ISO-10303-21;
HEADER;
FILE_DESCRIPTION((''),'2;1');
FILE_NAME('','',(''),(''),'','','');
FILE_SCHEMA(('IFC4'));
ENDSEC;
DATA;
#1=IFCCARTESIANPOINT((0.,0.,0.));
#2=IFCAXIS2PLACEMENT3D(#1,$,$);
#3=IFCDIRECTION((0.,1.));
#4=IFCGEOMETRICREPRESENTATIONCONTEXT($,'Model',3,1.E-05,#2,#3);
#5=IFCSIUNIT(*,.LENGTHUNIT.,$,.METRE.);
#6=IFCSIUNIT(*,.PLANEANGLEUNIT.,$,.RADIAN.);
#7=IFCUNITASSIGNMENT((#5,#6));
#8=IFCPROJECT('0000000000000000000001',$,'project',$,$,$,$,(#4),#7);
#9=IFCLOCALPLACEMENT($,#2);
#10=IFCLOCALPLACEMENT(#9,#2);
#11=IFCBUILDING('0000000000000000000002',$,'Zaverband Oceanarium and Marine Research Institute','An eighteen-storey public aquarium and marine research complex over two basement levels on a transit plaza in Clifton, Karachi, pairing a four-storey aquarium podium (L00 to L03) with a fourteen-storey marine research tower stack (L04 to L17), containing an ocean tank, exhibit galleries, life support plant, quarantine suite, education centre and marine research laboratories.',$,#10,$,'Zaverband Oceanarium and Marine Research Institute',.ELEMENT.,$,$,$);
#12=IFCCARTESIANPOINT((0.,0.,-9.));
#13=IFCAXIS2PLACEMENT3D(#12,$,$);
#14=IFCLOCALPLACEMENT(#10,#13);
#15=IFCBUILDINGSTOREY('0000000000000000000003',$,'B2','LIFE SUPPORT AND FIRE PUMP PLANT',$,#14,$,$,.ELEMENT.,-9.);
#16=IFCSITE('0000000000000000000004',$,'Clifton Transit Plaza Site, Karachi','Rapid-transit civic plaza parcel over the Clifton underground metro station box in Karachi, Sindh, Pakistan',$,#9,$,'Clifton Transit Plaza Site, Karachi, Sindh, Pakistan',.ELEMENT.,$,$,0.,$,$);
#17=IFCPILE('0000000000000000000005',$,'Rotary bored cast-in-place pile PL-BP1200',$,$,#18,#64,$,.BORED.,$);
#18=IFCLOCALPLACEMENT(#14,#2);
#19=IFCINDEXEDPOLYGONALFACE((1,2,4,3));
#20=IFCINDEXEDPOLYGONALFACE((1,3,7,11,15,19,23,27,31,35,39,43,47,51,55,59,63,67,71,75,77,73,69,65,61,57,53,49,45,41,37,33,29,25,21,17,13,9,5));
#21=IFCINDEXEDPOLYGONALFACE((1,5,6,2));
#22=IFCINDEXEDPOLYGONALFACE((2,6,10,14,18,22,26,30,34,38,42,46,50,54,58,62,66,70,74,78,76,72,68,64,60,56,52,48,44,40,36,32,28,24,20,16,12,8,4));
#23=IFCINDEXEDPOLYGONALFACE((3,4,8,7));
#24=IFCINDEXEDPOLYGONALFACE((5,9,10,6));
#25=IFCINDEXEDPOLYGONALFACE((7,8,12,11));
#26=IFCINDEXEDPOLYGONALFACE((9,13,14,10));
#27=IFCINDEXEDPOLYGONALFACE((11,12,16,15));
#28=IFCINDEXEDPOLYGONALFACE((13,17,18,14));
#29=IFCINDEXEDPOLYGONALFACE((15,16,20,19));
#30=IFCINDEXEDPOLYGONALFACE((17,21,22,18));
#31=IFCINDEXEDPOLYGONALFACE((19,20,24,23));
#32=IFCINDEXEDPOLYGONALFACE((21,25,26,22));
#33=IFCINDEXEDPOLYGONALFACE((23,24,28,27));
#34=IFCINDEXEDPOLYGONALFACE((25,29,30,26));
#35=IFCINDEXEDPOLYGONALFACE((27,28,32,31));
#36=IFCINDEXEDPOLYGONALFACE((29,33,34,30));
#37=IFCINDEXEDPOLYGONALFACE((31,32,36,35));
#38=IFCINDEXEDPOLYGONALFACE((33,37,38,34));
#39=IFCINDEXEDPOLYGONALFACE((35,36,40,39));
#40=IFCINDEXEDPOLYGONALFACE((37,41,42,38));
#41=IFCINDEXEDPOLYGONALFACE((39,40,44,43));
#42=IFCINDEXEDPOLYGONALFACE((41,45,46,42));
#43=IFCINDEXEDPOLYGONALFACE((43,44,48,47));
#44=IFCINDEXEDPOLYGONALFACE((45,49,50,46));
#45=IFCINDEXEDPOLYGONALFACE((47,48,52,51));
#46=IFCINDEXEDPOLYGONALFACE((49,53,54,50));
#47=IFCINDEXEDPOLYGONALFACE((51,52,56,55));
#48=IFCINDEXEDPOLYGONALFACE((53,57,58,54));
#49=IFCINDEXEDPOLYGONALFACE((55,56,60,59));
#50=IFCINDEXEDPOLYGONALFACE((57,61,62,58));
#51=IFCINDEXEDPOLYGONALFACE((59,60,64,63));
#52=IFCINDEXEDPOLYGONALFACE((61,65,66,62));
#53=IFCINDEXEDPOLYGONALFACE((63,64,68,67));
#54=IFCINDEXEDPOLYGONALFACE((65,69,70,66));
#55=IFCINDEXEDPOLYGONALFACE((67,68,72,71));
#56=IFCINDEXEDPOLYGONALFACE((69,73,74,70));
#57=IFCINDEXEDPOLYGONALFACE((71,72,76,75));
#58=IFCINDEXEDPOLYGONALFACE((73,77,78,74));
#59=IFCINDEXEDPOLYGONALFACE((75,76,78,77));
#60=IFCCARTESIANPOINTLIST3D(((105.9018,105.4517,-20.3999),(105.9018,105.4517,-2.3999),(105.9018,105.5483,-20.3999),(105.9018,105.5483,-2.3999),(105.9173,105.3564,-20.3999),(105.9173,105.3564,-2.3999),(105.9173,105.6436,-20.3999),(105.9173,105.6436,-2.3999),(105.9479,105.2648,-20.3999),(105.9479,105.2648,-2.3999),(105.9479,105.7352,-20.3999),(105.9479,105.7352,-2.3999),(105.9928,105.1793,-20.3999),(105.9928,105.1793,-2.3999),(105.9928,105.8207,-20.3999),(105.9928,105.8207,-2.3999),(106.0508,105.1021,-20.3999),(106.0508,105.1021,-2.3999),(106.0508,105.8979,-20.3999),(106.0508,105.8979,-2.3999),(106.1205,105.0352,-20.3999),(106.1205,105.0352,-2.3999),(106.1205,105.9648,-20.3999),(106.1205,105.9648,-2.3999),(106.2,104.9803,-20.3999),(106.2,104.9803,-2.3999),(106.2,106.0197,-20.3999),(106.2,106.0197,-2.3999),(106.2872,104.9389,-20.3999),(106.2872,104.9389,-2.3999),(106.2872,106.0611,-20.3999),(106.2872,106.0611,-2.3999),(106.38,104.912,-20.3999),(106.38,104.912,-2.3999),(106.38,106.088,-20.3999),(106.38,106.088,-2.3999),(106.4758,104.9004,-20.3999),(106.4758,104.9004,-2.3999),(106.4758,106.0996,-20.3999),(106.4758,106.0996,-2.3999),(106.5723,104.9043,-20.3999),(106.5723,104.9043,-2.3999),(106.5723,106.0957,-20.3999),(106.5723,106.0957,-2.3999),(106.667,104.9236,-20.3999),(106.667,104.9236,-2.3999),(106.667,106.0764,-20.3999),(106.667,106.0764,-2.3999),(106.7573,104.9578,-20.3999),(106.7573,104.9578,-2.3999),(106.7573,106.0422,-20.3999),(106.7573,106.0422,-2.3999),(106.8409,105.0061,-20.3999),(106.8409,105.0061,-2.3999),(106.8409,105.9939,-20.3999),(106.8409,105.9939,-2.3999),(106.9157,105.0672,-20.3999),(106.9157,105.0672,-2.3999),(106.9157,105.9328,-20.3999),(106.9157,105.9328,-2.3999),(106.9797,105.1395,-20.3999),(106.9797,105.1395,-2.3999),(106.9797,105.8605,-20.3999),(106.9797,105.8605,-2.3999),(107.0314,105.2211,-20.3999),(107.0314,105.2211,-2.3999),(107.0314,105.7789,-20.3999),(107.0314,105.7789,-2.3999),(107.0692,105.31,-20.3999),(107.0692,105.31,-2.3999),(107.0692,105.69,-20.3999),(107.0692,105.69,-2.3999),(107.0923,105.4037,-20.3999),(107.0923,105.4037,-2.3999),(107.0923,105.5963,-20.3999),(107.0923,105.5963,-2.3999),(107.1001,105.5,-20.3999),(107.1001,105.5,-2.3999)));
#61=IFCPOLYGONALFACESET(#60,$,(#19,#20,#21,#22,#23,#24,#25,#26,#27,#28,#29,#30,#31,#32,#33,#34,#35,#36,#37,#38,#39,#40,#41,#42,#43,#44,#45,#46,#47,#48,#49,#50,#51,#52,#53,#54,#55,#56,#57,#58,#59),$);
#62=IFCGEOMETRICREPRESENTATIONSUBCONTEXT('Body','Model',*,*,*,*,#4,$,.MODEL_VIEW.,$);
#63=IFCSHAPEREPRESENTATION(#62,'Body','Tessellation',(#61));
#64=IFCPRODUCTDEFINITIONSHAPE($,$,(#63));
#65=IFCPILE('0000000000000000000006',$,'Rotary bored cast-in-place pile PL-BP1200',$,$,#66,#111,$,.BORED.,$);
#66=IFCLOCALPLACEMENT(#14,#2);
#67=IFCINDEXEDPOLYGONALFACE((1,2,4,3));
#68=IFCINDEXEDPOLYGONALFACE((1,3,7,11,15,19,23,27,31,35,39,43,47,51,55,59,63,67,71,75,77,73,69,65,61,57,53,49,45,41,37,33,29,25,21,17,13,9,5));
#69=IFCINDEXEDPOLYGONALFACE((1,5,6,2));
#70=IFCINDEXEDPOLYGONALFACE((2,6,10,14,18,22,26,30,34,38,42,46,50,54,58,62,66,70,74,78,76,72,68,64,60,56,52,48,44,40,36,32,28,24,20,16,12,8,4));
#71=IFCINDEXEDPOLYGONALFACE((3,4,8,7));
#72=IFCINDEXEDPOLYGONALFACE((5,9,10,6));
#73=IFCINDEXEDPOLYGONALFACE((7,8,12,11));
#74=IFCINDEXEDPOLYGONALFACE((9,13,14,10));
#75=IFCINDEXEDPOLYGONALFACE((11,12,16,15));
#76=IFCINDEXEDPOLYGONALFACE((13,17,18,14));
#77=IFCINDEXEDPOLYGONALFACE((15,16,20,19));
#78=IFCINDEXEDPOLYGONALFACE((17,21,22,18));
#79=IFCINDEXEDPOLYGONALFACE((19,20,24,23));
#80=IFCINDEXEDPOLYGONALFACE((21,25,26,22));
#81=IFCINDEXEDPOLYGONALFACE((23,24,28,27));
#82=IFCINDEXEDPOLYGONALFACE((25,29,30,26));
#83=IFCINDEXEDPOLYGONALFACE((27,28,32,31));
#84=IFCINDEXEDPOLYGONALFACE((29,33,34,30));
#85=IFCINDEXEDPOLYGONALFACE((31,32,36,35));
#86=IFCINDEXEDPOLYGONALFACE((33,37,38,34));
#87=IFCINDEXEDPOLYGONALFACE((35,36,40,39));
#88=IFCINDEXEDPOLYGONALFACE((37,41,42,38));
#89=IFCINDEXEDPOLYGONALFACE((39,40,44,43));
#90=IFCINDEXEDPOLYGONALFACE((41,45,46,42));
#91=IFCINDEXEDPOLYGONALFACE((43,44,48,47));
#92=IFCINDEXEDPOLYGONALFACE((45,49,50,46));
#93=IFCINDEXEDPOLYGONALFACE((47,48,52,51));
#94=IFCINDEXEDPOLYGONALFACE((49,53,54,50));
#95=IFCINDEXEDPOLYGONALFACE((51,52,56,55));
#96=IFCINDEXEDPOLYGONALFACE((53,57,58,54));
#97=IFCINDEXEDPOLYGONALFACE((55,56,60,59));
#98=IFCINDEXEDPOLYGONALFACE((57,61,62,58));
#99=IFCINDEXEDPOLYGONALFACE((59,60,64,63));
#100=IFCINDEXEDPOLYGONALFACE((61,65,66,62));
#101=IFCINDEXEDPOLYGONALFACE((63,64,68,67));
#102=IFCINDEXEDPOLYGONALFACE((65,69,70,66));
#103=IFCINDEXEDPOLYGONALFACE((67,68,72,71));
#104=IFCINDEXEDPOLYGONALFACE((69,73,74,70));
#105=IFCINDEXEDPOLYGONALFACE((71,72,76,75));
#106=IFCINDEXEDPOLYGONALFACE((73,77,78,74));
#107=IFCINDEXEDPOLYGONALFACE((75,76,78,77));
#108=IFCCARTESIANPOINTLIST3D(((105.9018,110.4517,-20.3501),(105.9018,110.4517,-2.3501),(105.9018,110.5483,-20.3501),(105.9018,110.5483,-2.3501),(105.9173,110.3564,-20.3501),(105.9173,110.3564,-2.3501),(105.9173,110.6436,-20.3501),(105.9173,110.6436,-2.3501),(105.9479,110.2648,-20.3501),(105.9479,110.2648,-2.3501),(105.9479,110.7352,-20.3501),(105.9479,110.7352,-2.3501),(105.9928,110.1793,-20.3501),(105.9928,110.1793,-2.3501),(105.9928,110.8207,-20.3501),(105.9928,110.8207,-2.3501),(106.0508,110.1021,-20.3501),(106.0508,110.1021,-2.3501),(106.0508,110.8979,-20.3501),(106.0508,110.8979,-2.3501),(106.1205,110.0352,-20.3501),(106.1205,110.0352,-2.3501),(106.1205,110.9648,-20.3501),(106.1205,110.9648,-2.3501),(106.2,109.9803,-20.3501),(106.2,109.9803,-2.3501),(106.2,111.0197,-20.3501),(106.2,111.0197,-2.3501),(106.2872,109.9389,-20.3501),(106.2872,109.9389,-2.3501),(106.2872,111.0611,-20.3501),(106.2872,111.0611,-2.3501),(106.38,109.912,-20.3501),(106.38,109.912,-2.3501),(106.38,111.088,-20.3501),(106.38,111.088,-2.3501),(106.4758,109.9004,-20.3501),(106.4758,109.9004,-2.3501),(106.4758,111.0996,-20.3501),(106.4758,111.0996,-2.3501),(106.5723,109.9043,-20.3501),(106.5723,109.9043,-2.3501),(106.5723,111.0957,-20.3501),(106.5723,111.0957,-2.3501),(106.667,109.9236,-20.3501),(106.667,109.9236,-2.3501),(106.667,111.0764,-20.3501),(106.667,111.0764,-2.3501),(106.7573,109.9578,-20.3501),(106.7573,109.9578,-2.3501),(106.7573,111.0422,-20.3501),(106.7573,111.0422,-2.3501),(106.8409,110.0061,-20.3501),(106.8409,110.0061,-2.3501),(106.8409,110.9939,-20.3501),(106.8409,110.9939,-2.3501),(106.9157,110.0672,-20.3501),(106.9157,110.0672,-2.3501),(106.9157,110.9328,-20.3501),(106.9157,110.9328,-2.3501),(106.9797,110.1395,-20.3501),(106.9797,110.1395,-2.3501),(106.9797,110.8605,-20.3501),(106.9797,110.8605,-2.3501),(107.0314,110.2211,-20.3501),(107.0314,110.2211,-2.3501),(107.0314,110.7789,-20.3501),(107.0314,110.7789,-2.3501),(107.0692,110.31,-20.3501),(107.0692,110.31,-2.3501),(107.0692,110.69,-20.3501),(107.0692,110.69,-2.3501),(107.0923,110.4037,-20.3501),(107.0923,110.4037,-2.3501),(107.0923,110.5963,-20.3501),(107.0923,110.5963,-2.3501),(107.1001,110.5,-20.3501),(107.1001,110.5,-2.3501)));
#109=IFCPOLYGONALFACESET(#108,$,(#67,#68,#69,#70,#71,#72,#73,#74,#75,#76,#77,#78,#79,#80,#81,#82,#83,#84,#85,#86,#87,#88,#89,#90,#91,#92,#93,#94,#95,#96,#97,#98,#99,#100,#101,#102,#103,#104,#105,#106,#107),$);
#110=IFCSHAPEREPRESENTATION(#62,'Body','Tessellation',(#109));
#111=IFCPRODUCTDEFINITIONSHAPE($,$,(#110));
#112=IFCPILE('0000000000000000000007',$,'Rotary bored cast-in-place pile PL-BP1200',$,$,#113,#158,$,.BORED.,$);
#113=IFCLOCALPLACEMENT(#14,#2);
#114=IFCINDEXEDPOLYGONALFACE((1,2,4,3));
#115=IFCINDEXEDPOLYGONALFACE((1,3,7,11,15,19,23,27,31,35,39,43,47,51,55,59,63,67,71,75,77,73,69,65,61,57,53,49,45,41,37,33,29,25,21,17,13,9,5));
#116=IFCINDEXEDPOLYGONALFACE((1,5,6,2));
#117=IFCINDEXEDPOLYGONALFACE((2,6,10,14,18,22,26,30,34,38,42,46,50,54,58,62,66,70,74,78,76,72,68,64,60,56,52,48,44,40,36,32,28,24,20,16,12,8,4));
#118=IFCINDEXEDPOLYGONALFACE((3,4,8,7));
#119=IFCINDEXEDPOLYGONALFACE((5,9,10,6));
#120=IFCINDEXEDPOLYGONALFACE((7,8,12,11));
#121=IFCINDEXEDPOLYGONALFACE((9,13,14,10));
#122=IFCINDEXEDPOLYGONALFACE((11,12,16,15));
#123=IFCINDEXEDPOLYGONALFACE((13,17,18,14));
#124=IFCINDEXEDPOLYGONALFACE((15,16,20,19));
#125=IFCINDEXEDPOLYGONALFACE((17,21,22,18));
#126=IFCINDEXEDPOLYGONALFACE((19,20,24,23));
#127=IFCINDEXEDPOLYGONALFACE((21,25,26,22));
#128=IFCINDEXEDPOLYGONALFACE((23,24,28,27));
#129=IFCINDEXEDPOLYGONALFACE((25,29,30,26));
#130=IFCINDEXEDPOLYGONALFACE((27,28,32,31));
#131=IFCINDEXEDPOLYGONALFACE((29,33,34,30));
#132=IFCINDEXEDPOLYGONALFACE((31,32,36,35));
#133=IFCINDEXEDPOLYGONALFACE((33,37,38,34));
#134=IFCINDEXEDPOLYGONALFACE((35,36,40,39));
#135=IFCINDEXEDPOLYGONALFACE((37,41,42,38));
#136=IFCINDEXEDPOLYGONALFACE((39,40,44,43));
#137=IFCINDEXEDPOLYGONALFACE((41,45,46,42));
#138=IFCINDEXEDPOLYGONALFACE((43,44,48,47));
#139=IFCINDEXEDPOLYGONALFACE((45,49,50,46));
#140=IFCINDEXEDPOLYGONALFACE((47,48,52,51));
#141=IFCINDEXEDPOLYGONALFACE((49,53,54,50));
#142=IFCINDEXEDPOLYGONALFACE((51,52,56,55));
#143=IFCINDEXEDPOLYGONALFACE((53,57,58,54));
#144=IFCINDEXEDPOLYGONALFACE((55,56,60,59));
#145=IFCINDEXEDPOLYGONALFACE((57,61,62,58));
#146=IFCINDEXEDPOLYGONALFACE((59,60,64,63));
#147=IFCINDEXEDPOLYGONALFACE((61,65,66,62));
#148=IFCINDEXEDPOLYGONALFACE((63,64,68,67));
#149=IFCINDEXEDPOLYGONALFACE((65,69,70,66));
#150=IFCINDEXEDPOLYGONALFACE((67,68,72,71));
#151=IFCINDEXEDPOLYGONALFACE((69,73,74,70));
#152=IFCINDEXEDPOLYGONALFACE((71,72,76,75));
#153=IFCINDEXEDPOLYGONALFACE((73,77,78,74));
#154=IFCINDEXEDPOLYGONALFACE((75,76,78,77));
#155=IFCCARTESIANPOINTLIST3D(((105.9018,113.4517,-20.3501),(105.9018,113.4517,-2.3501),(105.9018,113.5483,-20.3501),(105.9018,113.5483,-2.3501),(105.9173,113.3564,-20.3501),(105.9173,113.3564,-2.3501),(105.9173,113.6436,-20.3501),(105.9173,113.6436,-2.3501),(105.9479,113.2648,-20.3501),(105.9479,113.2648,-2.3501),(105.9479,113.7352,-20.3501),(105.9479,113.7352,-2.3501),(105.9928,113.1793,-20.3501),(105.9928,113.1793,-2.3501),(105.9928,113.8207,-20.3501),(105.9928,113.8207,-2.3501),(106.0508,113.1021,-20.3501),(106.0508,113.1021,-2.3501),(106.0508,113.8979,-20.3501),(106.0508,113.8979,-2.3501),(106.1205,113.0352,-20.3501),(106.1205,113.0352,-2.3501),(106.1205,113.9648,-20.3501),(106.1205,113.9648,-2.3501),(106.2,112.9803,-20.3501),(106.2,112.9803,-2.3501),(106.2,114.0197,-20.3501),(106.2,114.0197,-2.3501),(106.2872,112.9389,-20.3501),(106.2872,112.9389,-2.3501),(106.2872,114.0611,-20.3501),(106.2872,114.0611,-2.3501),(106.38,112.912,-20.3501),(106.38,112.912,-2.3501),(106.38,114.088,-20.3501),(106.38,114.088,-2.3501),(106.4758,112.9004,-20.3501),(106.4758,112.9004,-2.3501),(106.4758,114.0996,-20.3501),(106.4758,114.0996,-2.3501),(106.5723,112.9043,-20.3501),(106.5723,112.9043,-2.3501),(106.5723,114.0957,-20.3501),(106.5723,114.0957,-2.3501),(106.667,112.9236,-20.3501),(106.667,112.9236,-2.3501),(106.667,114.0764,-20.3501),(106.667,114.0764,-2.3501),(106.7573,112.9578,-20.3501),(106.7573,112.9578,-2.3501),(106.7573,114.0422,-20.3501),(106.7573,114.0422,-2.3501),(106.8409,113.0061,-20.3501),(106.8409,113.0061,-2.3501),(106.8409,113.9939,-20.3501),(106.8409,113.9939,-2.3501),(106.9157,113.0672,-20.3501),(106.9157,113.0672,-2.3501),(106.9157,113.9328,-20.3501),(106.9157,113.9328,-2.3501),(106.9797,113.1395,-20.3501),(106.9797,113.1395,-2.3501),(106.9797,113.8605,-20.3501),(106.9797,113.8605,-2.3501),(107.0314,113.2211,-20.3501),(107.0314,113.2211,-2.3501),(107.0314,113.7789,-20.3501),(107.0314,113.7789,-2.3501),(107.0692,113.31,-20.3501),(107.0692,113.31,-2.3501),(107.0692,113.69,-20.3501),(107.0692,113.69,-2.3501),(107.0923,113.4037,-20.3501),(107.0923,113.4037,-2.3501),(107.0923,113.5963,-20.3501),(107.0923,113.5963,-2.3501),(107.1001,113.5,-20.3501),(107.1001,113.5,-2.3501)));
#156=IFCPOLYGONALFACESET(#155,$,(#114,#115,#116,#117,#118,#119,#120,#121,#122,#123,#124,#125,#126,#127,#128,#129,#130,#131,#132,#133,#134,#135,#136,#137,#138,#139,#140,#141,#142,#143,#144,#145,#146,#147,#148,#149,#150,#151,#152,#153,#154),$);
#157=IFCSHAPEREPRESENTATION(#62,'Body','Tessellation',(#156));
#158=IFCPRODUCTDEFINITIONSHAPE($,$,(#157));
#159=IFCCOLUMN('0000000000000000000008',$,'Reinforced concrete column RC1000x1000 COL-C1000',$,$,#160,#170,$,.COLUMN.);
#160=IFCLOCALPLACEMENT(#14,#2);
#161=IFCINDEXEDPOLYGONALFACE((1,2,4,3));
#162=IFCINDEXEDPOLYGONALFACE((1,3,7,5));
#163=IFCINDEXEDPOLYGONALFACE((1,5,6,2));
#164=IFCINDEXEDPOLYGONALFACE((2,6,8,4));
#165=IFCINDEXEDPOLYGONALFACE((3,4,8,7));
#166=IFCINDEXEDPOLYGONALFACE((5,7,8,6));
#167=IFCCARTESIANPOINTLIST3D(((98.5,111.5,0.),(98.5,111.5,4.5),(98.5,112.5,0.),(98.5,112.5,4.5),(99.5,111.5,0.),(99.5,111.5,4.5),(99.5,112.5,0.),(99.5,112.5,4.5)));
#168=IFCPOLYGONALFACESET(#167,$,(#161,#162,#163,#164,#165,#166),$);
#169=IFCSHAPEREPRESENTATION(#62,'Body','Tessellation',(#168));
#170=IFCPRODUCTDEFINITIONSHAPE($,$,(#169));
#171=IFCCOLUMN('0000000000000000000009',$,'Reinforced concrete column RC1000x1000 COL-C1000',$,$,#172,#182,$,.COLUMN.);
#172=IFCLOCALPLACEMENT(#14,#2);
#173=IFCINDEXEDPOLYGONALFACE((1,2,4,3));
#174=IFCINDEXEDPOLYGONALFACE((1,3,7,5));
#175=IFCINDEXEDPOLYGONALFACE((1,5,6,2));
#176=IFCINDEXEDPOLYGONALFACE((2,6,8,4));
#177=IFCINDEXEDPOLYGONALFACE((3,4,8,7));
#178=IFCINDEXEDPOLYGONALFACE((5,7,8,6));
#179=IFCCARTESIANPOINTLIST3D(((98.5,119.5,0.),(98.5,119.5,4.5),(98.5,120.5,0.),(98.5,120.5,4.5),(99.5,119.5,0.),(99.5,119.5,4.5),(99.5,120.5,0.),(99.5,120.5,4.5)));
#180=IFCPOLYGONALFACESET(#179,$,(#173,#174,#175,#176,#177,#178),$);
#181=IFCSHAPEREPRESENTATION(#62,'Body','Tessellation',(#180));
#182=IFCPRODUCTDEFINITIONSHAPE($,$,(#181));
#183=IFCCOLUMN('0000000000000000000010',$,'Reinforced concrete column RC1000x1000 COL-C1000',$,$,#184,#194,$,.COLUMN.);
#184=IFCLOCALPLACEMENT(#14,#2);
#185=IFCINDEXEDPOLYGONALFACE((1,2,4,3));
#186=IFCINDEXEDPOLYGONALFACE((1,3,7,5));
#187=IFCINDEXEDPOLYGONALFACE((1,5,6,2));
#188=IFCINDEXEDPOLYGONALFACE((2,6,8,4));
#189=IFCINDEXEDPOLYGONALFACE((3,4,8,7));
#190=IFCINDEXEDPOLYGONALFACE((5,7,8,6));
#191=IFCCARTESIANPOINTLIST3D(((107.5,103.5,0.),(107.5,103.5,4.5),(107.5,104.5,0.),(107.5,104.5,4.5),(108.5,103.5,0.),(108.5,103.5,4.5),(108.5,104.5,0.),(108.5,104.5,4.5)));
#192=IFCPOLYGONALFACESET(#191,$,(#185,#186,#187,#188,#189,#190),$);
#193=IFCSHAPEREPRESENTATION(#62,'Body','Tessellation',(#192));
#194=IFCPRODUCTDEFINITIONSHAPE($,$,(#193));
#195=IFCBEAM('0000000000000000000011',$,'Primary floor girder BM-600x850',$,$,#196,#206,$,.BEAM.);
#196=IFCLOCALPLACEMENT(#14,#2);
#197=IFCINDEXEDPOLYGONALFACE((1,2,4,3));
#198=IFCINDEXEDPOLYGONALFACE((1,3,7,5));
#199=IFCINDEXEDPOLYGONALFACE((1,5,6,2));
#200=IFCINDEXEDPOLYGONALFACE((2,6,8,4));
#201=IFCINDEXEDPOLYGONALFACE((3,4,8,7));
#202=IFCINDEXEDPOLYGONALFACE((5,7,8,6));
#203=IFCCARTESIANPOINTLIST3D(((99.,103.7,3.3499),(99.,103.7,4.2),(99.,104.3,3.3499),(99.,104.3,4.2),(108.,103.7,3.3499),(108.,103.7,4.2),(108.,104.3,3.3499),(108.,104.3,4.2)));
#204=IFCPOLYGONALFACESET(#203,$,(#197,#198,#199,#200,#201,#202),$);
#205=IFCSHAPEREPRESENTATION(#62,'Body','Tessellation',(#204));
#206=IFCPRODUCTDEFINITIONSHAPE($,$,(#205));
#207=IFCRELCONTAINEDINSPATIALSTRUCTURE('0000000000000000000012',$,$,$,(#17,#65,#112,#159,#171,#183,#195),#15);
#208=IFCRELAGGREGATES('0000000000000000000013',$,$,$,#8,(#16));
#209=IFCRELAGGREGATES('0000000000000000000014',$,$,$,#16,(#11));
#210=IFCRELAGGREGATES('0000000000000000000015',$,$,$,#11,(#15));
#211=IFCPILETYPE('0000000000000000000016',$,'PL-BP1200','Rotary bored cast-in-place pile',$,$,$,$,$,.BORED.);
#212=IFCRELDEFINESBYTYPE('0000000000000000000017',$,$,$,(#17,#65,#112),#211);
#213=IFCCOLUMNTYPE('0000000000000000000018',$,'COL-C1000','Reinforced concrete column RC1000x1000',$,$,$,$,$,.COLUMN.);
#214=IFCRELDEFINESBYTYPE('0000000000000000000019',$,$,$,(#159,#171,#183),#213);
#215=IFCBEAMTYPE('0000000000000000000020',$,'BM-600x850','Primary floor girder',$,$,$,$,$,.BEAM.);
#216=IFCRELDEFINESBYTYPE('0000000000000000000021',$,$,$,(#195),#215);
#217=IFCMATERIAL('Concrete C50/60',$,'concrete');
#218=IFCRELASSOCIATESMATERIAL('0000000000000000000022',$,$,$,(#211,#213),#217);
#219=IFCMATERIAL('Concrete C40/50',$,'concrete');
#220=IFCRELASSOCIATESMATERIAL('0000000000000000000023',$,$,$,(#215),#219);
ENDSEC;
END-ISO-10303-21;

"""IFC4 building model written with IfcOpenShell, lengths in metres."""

from ifc_helpers import new_model, si_unit, direction, frame, origin, origin_2d, place, context, subcontext, project, spatial, rectangle, circle, extrude, material, material_profile, profile_set, type_object, element, save


model = new_model("IFC4")

# Units and contexts
model_context = context("Model", 3, precision=1e-05, world=origin(), true_north=direction((0.0, 1.0)))
body_context = subcontext(model_context, "Body", "Model", "MODEL_VIEW")
ifc_project = project(units=[si_unit("LENGTHUNIT", "METRE"), si_unit("PLANEANGLEUNIT", "RADIAN")], contexts=[model_context])

# Site, building, storey
site_placement = place(None, origin())
site = spatial("IfcSite", under=ifc_project, at=site_placement, Name="Clifton Transit Plaza Site, Karachi", Description="Rapid-transit civic plaza parcel over the Clifton underground metro station box in Karachi, Sindh, Pakistan", LongName="Clifton Transit Plaza Site, Karachi, Sindh, Pakistan", CompositionType="ELEMENT", RefElevation=0.0)
building_placement = place(site_placement, origin())
building = spatial("IfcBuilding", under=site, at=building_placement, Name="Zaverband Oceanarium and Marine Research Institute", Description="An eighteen-storey public aquarium and marine research complex over two basement levels on a transit plaza in Clifton, Karachi, pairing a four-storey aquarium podium (L00 to L03) with a fourteen-storey marine research tower stack (L04 to L17), containing an ocean tank, exhibit galleries, life support plant, quarantine suite, education centre and marine research laboratories.", LongName="Zaverband Oceanarium and Marine Research Institute", CompositionType="ELEMENT")
storey_placement = place(building_placement, frame((0.0, 0.0, -9.0)))
storey = spatial("IfcBuildingStorey", under=building, at=storey_placement, Name="B2", Description="LIFE SUPPORT AND FIRE PUMP PLANT", CompositionType="ELEMENT", Elevation=-9.0)

# Shared definitions
ifc_material_1 = material(Name="Concrete C50/60", Category="concrete")

# Piles
ifc_material_profile_1 = material_profile(ifc_material_1, circle(Radius=0.6001, at=origin_2d()), Name="BP1200")
ifc_profile_set_1 = profile_set([ifc_material_profile_1], Name="Concrete C50/60")
pile_type_1 = type_object("IfcPileType", Name="PL-BP1200", Description="Rotary bored cast-in-place pile", PredefinedType="BORED", material=ifc_profile_set_1)
for number, where, z_axis, x_axis, name in (
    (1, (106.5, 105.5, -2.3999), (0.0, 0.0, -1.0), (1.0, 0.0, 0.0), "Rotary bored cast-in-place pile PL-BP1200"),
    (2, (106.5, 110.5, -2.3501), (0.0, 0.0, -1.0), (1.0, 0.0, 0.0), "Rotary bored cast-in-place pile PL-BP1200"),
    (3, (106.5, 113.5, -2.3501), (0.0, 0.0, -1.0), (1.0, 0.0, 0.0), "Rotary bored cast-in-place pile PL-BP1200"),
):
    element("IfcPile", number, at=place(storey_placement, frame(where, z_axis=z_axis, x_axis=x_axis)), inside=storey, type_object=pile_type_1, Name=name, PredefinedType="BORED", context=body_context, shape_type="SweptSolid", body=[
        extrude(circle(Radius=0.6001, at=origin_2d()), origin(), (0.0, 0.0, 1.0), 18.0),
    ])

# Columns
ifc_material_profile_2 = material_profile(ifc_material_1, rectangle(XDim=1.0, YDim=1.0, at=origin_2d()), Name="RC1000x1000")
ifc_profile_set_2 = profile_set([ifc_material_profile_2], Name="Concrete C50/60")
column_type = type_object("IfcColumnType", Name="COL-C1000", Description="Reinforced concrete column RC1000x1000", PredefinedType="COLUMN", material=ifc_profile_set_2)
for number, where, z_axis, x_axis, name in (
    (4, (99.0, 112.0, 0.0), (0.0, 0.0, 1.0), (1.0, 0.0, 0.0), "Reinforced concrete column RC1000x1000 COL-C1000"),
    (5, (99.0, 120.0, 0.0), (0.0, 0.0, 1.0), (1.0, 0.0, 0.0), "Reinforced concrete column RC1000x1000 COL-C1000"),
    (6, (108.0, 104.0, 0.0), (0.0, 0.0, 1.0), (1.0, 0.0, 0.0), "Reinforced concrete column RC1000x1000 COL-C1000"),
):
    element("IfcColumn", number, at=place(storey_placement, frame(where, z_axis=z_axis, x_axis=x_axis)), inside=storey, type_object=column_type, Name=name, PredefinedType="COLUMN", context=body_context, shape_type="SweptSolid", body=[
        extrude(rectangle(XDim=1.0, YDim=1.0, at=origin_2d()), origin(), (0.0, 0.0, 1.0), 4.5),
    ])

# Beam
ifc_material_2 = material(Name="Concrete C40/50", Category="concrete")
ifc_material_profile_3 = material_profile(ifc_material_2, rectangle(XDim=0.6001, YDim=0.8501, at=origin_2d()), Name="RC600x850")
ifc_profile_set_3 = profile_set([ifc_material_profile_3], Name="Concrete C40/50")
beam_type_1 = type_object("IfcBeamType", Name="BM-600x850", Description="Primary floor girder", PredefinedType="BEAM", material=ifc_profile_set_3)
for number, where, z_axis, x_axis, name in (
    (7, (99.0, 104.0, 3.7749), (1.0, 0.0, 0.0), (0.0, 1.0, 0.0), "Primary floor girder BM-600x850"),
):
    element("IfcBeam", number, at=place(storey_placement, frame(where, z_axis=z_axis, x_axis=x_axis)), inside=storey, type_object=beam_type_1, Name=name, PredefinedType="BEAM", context=body_context, shape_type="SweptSolid", body=[
        extrude(rectangle(XDim=0.6001, YDim=0.8501, at=origin_2d()), origin(), (0.0, 0.0, 1.0), 9.0),
    ])

save(model, "model.ifc")
